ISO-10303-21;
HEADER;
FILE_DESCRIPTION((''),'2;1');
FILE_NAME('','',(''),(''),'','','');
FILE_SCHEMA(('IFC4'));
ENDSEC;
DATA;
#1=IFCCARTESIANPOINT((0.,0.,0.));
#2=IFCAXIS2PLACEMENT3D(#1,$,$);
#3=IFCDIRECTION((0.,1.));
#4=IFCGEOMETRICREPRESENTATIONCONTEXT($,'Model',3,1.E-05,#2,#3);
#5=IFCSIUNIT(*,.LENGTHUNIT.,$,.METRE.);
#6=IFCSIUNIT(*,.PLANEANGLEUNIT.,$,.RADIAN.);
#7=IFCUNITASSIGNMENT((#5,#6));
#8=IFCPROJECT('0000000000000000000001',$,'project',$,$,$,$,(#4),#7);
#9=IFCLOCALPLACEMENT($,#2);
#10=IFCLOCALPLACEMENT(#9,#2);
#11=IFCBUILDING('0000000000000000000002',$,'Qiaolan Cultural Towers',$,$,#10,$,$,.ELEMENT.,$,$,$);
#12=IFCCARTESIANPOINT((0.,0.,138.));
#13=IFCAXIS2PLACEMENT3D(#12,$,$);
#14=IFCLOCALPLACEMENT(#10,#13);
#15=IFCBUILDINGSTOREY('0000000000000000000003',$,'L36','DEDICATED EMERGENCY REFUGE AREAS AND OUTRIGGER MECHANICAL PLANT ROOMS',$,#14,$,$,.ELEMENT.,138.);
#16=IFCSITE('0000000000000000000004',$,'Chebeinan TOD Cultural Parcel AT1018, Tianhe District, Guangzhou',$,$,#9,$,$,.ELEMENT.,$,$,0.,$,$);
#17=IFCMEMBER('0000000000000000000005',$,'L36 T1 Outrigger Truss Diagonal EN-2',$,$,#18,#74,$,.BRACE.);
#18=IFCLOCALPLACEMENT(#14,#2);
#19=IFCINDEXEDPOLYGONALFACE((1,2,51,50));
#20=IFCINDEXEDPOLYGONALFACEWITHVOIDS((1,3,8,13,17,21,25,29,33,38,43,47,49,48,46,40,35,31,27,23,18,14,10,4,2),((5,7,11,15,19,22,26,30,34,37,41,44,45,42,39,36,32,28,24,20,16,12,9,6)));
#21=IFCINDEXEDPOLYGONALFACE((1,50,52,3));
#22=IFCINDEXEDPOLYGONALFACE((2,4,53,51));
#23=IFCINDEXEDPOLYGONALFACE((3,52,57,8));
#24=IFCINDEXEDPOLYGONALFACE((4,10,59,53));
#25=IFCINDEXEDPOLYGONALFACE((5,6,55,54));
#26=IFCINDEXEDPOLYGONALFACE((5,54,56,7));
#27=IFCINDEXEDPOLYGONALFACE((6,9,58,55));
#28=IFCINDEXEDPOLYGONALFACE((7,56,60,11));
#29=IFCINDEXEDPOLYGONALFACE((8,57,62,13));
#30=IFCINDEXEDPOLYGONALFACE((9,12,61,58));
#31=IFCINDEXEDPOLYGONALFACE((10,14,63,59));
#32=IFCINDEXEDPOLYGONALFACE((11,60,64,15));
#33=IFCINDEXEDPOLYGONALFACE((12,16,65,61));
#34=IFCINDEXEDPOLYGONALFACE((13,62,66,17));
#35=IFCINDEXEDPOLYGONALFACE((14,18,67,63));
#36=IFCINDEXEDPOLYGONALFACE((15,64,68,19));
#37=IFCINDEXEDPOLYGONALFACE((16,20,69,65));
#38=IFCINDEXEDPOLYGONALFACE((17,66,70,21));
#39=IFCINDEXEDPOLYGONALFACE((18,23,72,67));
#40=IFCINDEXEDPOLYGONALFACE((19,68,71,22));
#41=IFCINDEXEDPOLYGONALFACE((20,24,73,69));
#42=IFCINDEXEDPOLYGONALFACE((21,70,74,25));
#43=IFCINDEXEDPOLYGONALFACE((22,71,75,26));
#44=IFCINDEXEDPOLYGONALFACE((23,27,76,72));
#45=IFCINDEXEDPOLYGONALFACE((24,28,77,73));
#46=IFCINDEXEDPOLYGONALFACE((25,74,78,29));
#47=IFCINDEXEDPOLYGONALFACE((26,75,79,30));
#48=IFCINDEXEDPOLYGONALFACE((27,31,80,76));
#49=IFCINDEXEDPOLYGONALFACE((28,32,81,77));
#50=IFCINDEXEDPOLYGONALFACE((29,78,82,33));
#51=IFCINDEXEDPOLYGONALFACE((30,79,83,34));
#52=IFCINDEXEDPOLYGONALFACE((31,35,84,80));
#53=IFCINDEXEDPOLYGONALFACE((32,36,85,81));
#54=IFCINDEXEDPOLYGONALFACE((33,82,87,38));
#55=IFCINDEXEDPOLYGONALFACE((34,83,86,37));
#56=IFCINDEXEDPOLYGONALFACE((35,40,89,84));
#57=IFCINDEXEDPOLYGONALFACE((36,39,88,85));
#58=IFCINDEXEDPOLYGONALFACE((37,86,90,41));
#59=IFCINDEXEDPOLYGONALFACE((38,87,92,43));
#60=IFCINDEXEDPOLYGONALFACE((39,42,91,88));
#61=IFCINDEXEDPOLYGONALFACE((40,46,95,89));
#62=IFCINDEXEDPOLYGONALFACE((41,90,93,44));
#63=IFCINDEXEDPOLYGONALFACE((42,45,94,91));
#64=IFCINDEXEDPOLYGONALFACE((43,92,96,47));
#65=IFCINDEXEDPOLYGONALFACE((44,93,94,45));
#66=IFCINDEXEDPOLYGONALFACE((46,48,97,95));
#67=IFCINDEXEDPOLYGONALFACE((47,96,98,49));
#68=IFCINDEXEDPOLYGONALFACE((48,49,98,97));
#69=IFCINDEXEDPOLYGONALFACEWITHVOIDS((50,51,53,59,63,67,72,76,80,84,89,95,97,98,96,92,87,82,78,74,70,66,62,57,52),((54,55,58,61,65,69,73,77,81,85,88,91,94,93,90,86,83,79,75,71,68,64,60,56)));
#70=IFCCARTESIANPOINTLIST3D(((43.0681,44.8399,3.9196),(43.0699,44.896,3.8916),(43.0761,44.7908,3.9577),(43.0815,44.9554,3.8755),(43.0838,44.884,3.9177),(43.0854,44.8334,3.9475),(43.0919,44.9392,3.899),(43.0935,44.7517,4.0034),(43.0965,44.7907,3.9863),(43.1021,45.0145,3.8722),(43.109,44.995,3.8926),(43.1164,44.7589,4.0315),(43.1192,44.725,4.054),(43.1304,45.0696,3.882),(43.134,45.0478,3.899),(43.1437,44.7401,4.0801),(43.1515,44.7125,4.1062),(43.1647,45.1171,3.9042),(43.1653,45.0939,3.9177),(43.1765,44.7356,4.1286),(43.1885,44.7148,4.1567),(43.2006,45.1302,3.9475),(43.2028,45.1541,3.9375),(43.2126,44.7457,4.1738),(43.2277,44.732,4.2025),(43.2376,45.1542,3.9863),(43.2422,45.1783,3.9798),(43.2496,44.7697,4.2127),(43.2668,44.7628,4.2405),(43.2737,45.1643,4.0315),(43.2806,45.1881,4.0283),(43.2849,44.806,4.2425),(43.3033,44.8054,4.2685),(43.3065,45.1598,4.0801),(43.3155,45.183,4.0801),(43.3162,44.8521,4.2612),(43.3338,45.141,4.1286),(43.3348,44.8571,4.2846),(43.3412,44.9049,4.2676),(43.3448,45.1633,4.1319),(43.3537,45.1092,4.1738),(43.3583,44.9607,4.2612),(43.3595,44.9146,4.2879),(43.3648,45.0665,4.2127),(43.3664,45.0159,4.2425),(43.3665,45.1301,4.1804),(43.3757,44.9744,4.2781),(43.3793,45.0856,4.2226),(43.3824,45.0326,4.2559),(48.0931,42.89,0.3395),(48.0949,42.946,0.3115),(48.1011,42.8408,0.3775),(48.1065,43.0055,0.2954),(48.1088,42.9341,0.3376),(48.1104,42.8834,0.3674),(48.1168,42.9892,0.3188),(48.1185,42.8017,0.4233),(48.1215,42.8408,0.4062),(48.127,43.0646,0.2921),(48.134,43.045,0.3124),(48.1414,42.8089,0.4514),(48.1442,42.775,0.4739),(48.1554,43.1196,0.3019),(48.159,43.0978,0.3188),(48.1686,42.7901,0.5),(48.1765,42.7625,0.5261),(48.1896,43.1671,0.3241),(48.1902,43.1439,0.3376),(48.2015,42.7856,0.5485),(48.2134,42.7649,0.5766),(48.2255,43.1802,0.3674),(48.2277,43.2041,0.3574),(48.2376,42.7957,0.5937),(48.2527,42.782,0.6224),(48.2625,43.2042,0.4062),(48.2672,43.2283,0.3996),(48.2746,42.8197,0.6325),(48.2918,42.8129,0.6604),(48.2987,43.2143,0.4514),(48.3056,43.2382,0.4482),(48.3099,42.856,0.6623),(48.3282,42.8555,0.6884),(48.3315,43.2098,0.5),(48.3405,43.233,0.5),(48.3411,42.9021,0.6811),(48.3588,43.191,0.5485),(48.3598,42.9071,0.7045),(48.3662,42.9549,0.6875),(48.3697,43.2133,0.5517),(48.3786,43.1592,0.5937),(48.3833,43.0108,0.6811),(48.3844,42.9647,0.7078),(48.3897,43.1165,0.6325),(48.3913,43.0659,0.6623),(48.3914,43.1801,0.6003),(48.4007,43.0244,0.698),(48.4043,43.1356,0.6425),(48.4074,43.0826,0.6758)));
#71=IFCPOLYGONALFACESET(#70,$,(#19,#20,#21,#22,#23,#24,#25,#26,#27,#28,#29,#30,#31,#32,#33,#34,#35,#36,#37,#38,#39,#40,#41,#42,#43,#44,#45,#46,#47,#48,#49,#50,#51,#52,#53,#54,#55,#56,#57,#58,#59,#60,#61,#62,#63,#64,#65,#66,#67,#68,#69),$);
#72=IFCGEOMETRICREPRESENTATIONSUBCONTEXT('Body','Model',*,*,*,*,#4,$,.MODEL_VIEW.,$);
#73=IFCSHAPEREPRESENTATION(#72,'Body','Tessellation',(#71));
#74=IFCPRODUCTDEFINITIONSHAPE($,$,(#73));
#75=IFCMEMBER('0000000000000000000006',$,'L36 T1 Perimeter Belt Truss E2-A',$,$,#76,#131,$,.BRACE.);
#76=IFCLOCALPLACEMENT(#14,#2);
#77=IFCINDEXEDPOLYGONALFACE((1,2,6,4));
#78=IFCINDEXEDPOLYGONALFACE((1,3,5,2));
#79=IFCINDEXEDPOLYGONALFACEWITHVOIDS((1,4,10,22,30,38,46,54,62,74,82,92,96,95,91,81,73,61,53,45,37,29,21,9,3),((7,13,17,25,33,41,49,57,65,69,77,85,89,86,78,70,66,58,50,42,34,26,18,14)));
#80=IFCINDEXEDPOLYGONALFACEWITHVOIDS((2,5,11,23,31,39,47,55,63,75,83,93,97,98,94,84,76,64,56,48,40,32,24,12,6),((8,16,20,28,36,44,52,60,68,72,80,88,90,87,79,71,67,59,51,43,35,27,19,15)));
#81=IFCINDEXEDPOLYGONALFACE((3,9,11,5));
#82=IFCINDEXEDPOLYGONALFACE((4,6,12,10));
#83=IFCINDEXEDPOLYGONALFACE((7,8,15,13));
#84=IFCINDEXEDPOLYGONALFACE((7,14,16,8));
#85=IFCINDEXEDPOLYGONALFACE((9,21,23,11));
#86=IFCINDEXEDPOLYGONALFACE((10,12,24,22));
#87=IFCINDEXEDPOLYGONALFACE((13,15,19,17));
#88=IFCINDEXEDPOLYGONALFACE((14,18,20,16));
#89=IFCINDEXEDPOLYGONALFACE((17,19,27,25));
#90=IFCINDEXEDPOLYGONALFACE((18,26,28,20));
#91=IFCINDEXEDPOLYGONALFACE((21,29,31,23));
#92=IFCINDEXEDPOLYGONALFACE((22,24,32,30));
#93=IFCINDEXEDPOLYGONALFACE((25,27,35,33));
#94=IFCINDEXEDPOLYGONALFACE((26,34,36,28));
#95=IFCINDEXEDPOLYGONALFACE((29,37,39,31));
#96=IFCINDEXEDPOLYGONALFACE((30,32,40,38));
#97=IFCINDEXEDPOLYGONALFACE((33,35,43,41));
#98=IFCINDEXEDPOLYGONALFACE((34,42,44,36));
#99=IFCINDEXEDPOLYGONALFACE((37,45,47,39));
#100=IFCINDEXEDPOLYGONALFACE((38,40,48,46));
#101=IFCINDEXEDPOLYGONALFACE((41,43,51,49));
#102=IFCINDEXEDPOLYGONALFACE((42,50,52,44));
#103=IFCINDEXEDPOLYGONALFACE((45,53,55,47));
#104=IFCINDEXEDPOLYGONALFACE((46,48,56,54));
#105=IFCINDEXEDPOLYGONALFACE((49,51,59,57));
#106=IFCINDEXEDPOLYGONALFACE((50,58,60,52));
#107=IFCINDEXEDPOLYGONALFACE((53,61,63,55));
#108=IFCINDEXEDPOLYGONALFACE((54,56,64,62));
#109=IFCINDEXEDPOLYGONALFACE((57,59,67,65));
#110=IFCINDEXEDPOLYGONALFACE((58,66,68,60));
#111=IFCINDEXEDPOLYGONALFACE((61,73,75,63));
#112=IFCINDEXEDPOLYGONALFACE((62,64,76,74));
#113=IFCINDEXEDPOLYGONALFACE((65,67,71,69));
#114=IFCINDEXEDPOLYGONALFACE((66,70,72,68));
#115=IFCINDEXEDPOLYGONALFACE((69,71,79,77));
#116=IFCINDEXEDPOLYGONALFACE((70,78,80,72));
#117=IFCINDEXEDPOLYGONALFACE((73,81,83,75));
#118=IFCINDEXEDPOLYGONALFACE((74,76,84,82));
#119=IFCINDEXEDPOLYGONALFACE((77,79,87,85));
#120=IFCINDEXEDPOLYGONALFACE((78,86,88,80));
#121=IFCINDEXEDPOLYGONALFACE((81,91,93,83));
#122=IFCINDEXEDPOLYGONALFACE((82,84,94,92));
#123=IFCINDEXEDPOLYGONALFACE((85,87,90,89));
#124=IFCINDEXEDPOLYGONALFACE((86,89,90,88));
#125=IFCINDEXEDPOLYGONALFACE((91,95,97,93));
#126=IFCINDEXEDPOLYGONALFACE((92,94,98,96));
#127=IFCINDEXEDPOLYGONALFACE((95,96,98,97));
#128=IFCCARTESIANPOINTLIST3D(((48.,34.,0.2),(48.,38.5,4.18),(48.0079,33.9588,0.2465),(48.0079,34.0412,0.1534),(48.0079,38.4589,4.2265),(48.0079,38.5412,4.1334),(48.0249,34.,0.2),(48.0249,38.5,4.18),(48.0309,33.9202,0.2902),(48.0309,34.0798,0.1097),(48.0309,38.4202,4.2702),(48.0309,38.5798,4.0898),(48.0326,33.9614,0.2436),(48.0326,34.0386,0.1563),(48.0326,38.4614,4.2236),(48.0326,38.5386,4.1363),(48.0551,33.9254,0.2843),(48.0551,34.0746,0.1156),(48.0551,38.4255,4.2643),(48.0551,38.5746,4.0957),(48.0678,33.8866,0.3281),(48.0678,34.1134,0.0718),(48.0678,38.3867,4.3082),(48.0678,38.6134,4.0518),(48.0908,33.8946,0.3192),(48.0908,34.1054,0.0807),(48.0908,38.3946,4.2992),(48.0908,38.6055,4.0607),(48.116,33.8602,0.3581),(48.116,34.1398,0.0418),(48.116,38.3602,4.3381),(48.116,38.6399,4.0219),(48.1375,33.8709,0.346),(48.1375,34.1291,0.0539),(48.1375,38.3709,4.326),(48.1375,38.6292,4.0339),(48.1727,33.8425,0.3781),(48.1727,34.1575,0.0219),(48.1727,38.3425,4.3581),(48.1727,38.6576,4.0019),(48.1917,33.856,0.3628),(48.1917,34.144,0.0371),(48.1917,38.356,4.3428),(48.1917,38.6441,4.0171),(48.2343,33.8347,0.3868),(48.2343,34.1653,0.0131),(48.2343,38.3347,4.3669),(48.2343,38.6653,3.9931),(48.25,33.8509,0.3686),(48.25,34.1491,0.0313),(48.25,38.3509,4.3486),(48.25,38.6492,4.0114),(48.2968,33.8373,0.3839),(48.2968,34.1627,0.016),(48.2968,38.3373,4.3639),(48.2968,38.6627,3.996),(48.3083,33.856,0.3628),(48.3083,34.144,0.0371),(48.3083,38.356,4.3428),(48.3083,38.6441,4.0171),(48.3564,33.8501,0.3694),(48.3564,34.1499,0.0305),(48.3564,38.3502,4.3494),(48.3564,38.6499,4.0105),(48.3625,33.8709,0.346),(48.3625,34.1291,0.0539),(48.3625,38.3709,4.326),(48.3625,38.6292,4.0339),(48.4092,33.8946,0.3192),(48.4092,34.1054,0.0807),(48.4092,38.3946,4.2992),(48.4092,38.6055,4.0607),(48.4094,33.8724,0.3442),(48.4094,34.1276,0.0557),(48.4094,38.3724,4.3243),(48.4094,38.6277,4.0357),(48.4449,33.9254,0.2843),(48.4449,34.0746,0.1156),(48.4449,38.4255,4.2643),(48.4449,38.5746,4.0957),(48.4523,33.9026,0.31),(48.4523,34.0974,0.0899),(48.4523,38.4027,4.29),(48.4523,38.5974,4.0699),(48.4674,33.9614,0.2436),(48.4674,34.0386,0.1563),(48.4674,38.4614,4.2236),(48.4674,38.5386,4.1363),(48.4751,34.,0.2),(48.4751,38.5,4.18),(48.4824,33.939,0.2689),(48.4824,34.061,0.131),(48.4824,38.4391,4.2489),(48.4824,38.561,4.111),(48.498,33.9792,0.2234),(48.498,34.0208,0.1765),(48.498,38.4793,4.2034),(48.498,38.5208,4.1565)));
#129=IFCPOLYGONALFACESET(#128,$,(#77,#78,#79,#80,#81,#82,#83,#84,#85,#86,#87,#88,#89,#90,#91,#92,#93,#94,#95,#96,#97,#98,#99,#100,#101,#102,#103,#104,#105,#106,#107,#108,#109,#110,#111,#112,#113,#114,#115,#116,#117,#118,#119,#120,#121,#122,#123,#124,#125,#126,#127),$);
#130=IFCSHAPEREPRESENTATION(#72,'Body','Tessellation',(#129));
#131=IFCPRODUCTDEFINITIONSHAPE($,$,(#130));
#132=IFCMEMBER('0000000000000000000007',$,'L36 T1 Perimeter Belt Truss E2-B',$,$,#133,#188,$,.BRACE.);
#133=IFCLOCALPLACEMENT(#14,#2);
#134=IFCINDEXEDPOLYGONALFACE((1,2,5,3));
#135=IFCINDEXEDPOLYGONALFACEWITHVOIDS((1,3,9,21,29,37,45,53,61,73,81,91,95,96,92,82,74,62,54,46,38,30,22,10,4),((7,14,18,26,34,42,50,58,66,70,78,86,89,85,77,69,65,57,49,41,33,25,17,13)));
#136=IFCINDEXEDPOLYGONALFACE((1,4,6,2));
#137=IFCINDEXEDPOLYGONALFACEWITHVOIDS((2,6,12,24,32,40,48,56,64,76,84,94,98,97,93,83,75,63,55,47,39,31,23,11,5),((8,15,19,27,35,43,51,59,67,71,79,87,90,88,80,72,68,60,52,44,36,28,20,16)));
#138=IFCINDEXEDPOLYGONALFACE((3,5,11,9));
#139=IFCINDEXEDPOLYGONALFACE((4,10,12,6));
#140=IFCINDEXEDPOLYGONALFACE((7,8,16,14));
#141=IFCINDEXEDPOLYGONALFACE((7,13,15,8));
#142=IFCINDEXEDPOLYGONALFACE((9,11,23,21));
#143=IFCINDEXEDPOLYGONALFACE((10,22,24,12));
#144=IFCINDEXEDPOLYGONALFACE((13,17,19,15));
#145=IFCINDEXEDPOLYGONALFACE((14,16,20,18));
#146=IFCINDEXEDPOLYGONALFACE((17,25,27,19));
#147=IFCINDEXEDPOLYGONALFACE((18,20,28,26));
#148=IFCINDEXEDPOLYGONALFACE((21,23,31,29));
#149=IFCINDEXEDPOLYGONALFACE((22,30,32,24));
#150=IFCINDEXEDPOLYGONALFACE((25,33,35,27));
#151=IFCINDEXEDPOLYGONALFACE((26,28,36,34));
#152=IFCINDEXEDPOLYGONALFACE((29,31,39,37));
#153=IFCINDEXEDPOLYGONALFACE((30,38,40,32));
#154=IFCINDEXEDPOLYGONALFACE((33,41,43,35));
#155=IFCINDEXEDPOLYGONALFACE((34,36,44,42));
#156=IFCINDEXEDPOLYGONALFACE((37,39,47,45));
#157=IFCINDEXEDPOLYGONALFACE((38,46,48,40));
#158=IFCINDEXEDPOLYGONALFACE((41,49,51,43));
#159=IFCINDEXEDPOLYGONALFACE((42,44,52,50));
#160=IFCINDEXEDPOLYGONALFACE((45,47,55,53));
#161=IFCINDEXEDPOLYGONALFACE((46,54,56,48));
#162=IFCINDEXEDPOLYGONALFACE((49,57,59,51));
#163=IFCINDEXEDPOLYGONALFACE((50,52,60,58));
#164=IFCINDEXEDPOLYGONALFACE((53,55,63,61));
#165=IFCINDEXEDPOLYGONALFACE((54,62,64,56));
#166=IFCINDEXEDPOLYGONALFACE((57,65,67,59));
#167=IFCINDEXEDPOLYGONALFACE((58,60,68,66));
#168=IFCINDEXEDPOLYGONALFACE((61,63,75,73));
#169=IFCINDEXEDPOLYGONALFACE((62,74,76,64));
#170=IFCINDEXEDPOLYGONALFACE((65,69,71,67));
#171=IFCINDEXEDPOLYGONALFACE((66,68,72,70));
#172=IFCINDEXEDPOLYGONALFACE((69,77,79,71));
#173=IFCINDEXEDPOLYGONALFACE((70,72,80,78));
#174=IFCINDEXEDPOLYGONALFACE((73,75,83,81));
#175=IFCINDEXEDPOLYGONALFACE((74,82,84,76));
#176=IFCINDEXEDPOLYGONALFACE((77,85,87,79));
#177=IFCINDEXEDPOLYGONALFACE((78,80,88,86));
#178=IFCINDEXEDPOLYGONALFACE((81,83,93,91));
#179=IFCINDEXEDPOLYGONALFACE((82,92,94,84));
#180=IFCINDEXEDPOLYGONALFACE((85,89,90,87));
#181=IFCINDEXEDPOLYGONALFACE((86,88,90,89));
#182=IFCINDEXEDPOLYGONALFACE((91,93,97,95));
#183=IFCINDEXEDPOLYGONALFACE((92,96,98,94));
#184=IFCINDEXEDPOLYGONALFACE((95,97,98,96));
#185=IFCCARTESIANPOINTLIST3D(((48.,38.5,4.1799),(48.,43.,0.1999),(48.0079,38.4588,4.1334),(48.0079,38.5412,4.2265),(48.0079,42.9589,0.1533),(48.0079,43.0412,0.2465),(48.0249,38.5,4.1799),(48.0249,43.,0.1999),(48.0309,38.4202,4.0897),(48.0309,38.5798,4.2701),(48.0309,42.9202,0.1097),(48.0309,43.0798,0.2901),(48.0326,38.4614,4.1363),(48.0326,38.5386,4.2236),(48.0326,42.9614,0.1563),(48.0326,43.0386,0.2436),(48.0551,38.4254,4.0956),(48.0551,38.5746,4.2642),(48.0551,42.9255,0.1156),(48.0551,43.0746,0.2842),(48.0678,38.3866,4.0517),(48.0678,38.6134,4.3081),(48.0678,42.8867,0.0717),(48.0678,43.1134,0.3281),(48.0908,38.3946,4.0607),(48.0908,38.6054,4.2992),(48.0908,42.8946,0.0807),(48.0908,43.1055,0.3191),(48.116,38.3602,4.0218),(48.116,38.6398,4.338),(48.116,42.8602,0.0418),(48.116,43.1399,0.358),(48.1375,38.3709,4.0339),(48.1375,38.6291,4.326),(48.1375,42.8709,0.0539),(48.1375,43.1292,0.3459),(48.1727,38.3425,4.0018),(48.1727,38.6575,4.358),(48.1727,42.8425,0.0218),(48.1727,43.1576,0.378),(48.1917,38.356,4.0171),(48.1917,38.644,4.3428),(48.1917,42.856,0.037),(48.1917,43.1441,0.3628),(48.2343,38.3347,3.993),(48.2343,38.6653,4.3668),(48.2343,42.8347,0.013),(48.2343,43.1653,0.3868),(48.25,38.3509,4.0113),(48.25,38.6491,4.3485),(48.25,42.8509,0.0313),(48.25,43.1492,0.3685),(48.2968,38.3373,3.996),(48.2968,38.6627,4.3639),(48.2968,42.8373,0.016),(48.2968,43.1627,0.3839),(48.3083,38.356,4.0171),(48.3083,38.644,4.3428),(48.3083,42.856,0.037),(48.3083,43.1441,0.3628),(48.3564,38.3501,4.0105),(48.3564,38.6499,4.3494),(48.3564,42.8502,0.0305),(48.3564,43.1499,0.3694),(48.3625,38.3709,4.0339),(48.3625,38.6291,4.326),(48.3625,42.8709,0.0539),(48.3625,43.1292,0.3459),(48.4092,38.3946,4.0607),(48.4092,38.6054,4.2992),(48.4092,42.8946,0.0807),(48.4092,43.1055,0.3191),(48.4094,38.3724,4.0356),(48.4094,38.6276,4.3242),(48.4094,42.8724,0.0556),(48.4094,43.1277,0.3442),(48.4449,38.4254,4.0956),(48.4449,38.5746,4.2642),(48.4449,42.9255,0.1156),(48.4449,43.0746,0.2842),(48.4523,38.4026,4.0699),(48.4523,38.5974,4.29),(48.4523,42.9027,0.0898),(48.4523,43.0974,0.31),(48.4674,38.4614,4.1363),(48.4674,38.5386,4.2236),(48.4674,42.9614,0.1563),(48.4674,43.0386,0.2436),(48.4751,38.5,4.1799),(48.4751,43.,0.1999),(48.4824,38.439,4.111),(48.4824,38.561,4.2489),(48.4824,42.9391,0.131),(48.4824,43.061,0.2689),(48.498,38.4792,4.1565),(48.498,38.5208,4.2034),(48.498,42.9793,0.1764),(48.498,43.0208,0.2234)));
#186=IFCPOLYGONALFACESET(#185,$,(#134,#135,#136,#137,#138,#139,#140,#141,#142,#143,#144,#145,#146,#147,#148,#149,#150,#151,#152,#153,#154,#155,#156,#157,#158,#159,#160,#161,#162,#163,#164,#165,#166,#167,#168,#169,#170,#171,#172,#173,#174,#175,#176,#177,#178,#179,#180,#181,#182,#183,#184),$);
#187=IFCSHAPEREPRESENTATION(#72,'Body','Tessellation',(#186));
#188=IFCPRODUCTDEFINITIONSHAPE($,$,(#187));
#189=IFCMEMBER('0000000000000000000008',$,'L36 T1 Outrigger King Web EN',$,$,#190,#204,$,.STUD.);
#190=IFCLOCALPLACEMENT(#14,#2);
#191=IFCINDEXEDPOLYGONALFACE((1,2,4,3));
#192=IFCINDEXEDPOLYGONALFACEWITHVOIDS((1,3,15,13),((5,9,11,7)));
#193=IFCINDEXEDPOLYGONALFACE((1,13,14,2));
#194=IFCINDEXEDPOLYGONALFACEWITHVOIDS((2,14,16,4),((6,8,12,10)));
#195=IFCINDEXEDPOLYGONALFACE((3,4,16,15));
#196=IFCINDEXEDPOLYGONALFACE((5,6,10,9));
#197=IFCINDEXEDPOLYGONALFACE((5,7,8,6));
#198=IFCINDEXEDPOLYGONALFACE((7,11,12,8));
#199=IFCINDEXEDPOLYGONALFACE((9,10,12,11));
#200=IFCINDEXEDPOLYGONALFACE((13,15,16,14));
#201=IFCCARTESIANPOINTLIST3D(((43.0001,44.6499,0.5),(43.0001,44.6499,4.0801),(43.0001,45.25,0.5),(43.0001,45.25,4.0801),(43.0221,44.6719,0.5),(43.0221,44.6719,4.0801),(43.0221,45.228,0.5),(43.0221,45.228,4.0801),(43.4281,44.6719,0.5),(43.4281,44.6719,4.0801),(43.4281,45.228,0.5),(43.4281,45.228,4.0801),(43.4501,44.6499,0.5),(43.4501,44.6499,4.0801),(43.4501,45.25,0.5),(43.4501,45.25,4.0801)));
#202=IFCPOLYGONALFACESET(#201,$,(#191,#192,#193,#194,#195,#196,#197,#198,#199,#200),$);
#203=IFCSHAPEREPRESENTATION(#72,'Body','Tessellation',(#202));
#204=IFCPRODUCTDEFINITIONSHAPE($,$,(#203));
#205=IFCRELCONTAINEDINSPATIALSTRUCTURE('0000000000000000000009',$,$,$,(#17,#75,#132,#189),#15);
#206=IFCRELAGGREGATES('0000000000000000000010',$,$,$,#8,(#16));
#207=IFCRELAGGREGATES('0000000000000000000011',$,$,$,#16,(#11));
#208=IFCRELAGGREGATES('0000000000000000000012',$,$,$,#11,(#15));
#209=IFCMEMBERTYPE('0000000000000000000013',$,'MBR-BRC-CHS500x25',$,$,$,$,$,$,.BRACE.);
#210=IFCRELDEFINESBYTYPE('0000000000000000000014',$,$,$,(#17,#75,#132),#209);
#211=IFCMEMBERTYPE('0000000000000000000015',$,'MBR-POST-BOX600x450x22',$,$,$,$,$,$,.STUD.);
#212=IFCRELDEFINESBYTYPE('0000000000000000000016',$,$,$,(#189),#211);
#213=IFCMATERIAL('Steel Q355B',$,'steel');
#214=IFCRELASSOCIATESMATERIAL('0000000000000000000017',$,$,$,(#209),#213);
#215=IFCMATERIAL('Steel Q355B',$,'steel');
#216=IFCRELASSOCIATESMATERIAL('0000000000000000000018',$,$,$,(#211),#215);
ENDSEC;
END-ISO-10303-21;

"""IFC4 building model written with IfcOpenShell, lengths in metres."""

from ifc_helpers import new_model, si_unit, direction, frame, origin, origin_2d, place, context, subcontext, project, spatial, hollow_rectangle, hollow_circle, extrude, material, material_profile, profile_set, type_object, element, save


model = new_model("IFC4")

# Units and contexts
model_context = context("Model", 3, precision=1e-05, world=origin(), true_north=direction((0.0, 1.0)))
body_context = subcontext(model_context, "Body", "Model", "MODEL_VIEW")
ifc_project = project(units=[si_unit("LENGTHUNIT", "METRE"), si_unit("PLANEANGLEUNIT", "RADIAN")], contexts=[model_context])

# Site, building, storey
site_placement = place(None, origin())
site = spatial("IfcSite", under=ifc_project, at=site_placement, Name="Chebeinan TOD Cultural Parcel AT1018, Tianhe District, Guangzhou", CompositionType="ELEMENT", RefElevation=0.0)
building_placement = place(site_placement, origin())
building = spatial("IfcBuilding", under=site, at=building_placement, Name="Qiaolan Cultural Towers", CompositionType="ELEMENT")
storey_placement = place(building_placement, frame((0.0, 0.0, 138.0)))
storey = spatial("IfcBuildingStorey", under=building, at=storey_placement, Name="L36", Description="DEDICATED EMERGENCY REFUGE AREAS AND OUTRIGGER MECHANICAL PLANT ROOMS", CompositionType="ELEMENT", Elevation=138.0)

# Members
ifc_material_1 = material(Name="Steel Q355B", Category="steel")
ifc_material_profile_1 = material_profile(ifc_material_1, hollow_circle(Radius=0.25, WallThickness=0.0249, at=origin_2d()), Name="CHS500x25")
ifc_profile_set_1 = profile_set([ifc_material_profile_1], Name="Steel Q355B")
member_type_1 = type_object("IfcMemberType", Name="MBR-BRC-CHS500x25", PredefinedType="BRACE", material=ifc_profile_set_1)
member_1_placement = place(storey_placement, frame((43.2251, 44.95, 4.0801), z_axis=(0.776572, -0.301355, -0.553282), x_axis=(0.361773, 0.932266, 0.0)))
element("IfcMember", 1, at=member_1_placement, inside=storey, type_object=member_type_1, Name="L36 T1 Outrigger Truss Diagonal EN-2", PredefinedType="BRACE", context=body_context, shape_type="SweptSolid", body=[
    extrude(hollow_circle(Radius=0.25, WallThickness=0.0249, at=origin_2d()), origin(), (0.0, 0.0, 1.0), 6.4707),
])
for number, where, z_axis, x_axis, name in (
    (2, (48.25, 34.0, 0.2), (0.0, 0.749062, 0.6625), (-1.0, 0.0, 0.0), "L36 T1 Perimeter Belt Truss E2-A"),
    (3, (48.25, 38.5, 4.1799), (0.0, 0.749062, -0.6625), (-1.0, 0.0, 0.0), "L36 T1 Perimeter Belt Truss E2-B"),
):
    element("IfcMember", number, at=place(storey_placement, frame(where, z_axis=z_axis, x_axis=x_axis)), inside=storey, type_object=member_type_1, Name=name, PredefinedType="BRACE", context=body_context, shape_type="SweptSolid", body=[
        extrude(hollow_circle(Radius=0.25, WallThickness=0.0249, at=origin_2d()), origin(), (0.0, 0.0, 1.0), 6.0076),
    ])
ifc_material_2 = material(Name="Steel Q355B", Category="steel")
ifc_material_profile_2 = material_profile(ifc_material_2, hollow_rectangle(XDim=0.45, YDim=0.6001, WallThickness=0.022, at=origin_2d()), Name="BOX600x450x22")
ifc_profile_set_2 = profile_set([ifc_material_profile_2], Name="Steel Q355B")
member_type_2 = type_object("IfcMemberType", Name="MBR-POST-BOX600x450x22", PredefinedType="STUD", material=ifc_profile_set_2)
member_2_placement = place(storey_placement, frame((43.2251, 44.95, 0.5), z_axis=(0.0, 0.0, 1.0), x_axis=(1.0, 0.0, 0.0)))
element("IfcMember", 4, at=member_2_placement, inside=storey, type_object=member_type_2, Name="L36 T1 Outrigger King Web EN", PredefinedType="STUD", context=body_context, shape_type="SweptSolid", body=[
    extrude(hollow_rectangle(XDim=0.45, YDim=0.6001, WallThickness=0.022, at=origin_2d()), origin(), (0.0, 0.0, 1.0), 3.5801),
])

save(model, "model.ifc")
